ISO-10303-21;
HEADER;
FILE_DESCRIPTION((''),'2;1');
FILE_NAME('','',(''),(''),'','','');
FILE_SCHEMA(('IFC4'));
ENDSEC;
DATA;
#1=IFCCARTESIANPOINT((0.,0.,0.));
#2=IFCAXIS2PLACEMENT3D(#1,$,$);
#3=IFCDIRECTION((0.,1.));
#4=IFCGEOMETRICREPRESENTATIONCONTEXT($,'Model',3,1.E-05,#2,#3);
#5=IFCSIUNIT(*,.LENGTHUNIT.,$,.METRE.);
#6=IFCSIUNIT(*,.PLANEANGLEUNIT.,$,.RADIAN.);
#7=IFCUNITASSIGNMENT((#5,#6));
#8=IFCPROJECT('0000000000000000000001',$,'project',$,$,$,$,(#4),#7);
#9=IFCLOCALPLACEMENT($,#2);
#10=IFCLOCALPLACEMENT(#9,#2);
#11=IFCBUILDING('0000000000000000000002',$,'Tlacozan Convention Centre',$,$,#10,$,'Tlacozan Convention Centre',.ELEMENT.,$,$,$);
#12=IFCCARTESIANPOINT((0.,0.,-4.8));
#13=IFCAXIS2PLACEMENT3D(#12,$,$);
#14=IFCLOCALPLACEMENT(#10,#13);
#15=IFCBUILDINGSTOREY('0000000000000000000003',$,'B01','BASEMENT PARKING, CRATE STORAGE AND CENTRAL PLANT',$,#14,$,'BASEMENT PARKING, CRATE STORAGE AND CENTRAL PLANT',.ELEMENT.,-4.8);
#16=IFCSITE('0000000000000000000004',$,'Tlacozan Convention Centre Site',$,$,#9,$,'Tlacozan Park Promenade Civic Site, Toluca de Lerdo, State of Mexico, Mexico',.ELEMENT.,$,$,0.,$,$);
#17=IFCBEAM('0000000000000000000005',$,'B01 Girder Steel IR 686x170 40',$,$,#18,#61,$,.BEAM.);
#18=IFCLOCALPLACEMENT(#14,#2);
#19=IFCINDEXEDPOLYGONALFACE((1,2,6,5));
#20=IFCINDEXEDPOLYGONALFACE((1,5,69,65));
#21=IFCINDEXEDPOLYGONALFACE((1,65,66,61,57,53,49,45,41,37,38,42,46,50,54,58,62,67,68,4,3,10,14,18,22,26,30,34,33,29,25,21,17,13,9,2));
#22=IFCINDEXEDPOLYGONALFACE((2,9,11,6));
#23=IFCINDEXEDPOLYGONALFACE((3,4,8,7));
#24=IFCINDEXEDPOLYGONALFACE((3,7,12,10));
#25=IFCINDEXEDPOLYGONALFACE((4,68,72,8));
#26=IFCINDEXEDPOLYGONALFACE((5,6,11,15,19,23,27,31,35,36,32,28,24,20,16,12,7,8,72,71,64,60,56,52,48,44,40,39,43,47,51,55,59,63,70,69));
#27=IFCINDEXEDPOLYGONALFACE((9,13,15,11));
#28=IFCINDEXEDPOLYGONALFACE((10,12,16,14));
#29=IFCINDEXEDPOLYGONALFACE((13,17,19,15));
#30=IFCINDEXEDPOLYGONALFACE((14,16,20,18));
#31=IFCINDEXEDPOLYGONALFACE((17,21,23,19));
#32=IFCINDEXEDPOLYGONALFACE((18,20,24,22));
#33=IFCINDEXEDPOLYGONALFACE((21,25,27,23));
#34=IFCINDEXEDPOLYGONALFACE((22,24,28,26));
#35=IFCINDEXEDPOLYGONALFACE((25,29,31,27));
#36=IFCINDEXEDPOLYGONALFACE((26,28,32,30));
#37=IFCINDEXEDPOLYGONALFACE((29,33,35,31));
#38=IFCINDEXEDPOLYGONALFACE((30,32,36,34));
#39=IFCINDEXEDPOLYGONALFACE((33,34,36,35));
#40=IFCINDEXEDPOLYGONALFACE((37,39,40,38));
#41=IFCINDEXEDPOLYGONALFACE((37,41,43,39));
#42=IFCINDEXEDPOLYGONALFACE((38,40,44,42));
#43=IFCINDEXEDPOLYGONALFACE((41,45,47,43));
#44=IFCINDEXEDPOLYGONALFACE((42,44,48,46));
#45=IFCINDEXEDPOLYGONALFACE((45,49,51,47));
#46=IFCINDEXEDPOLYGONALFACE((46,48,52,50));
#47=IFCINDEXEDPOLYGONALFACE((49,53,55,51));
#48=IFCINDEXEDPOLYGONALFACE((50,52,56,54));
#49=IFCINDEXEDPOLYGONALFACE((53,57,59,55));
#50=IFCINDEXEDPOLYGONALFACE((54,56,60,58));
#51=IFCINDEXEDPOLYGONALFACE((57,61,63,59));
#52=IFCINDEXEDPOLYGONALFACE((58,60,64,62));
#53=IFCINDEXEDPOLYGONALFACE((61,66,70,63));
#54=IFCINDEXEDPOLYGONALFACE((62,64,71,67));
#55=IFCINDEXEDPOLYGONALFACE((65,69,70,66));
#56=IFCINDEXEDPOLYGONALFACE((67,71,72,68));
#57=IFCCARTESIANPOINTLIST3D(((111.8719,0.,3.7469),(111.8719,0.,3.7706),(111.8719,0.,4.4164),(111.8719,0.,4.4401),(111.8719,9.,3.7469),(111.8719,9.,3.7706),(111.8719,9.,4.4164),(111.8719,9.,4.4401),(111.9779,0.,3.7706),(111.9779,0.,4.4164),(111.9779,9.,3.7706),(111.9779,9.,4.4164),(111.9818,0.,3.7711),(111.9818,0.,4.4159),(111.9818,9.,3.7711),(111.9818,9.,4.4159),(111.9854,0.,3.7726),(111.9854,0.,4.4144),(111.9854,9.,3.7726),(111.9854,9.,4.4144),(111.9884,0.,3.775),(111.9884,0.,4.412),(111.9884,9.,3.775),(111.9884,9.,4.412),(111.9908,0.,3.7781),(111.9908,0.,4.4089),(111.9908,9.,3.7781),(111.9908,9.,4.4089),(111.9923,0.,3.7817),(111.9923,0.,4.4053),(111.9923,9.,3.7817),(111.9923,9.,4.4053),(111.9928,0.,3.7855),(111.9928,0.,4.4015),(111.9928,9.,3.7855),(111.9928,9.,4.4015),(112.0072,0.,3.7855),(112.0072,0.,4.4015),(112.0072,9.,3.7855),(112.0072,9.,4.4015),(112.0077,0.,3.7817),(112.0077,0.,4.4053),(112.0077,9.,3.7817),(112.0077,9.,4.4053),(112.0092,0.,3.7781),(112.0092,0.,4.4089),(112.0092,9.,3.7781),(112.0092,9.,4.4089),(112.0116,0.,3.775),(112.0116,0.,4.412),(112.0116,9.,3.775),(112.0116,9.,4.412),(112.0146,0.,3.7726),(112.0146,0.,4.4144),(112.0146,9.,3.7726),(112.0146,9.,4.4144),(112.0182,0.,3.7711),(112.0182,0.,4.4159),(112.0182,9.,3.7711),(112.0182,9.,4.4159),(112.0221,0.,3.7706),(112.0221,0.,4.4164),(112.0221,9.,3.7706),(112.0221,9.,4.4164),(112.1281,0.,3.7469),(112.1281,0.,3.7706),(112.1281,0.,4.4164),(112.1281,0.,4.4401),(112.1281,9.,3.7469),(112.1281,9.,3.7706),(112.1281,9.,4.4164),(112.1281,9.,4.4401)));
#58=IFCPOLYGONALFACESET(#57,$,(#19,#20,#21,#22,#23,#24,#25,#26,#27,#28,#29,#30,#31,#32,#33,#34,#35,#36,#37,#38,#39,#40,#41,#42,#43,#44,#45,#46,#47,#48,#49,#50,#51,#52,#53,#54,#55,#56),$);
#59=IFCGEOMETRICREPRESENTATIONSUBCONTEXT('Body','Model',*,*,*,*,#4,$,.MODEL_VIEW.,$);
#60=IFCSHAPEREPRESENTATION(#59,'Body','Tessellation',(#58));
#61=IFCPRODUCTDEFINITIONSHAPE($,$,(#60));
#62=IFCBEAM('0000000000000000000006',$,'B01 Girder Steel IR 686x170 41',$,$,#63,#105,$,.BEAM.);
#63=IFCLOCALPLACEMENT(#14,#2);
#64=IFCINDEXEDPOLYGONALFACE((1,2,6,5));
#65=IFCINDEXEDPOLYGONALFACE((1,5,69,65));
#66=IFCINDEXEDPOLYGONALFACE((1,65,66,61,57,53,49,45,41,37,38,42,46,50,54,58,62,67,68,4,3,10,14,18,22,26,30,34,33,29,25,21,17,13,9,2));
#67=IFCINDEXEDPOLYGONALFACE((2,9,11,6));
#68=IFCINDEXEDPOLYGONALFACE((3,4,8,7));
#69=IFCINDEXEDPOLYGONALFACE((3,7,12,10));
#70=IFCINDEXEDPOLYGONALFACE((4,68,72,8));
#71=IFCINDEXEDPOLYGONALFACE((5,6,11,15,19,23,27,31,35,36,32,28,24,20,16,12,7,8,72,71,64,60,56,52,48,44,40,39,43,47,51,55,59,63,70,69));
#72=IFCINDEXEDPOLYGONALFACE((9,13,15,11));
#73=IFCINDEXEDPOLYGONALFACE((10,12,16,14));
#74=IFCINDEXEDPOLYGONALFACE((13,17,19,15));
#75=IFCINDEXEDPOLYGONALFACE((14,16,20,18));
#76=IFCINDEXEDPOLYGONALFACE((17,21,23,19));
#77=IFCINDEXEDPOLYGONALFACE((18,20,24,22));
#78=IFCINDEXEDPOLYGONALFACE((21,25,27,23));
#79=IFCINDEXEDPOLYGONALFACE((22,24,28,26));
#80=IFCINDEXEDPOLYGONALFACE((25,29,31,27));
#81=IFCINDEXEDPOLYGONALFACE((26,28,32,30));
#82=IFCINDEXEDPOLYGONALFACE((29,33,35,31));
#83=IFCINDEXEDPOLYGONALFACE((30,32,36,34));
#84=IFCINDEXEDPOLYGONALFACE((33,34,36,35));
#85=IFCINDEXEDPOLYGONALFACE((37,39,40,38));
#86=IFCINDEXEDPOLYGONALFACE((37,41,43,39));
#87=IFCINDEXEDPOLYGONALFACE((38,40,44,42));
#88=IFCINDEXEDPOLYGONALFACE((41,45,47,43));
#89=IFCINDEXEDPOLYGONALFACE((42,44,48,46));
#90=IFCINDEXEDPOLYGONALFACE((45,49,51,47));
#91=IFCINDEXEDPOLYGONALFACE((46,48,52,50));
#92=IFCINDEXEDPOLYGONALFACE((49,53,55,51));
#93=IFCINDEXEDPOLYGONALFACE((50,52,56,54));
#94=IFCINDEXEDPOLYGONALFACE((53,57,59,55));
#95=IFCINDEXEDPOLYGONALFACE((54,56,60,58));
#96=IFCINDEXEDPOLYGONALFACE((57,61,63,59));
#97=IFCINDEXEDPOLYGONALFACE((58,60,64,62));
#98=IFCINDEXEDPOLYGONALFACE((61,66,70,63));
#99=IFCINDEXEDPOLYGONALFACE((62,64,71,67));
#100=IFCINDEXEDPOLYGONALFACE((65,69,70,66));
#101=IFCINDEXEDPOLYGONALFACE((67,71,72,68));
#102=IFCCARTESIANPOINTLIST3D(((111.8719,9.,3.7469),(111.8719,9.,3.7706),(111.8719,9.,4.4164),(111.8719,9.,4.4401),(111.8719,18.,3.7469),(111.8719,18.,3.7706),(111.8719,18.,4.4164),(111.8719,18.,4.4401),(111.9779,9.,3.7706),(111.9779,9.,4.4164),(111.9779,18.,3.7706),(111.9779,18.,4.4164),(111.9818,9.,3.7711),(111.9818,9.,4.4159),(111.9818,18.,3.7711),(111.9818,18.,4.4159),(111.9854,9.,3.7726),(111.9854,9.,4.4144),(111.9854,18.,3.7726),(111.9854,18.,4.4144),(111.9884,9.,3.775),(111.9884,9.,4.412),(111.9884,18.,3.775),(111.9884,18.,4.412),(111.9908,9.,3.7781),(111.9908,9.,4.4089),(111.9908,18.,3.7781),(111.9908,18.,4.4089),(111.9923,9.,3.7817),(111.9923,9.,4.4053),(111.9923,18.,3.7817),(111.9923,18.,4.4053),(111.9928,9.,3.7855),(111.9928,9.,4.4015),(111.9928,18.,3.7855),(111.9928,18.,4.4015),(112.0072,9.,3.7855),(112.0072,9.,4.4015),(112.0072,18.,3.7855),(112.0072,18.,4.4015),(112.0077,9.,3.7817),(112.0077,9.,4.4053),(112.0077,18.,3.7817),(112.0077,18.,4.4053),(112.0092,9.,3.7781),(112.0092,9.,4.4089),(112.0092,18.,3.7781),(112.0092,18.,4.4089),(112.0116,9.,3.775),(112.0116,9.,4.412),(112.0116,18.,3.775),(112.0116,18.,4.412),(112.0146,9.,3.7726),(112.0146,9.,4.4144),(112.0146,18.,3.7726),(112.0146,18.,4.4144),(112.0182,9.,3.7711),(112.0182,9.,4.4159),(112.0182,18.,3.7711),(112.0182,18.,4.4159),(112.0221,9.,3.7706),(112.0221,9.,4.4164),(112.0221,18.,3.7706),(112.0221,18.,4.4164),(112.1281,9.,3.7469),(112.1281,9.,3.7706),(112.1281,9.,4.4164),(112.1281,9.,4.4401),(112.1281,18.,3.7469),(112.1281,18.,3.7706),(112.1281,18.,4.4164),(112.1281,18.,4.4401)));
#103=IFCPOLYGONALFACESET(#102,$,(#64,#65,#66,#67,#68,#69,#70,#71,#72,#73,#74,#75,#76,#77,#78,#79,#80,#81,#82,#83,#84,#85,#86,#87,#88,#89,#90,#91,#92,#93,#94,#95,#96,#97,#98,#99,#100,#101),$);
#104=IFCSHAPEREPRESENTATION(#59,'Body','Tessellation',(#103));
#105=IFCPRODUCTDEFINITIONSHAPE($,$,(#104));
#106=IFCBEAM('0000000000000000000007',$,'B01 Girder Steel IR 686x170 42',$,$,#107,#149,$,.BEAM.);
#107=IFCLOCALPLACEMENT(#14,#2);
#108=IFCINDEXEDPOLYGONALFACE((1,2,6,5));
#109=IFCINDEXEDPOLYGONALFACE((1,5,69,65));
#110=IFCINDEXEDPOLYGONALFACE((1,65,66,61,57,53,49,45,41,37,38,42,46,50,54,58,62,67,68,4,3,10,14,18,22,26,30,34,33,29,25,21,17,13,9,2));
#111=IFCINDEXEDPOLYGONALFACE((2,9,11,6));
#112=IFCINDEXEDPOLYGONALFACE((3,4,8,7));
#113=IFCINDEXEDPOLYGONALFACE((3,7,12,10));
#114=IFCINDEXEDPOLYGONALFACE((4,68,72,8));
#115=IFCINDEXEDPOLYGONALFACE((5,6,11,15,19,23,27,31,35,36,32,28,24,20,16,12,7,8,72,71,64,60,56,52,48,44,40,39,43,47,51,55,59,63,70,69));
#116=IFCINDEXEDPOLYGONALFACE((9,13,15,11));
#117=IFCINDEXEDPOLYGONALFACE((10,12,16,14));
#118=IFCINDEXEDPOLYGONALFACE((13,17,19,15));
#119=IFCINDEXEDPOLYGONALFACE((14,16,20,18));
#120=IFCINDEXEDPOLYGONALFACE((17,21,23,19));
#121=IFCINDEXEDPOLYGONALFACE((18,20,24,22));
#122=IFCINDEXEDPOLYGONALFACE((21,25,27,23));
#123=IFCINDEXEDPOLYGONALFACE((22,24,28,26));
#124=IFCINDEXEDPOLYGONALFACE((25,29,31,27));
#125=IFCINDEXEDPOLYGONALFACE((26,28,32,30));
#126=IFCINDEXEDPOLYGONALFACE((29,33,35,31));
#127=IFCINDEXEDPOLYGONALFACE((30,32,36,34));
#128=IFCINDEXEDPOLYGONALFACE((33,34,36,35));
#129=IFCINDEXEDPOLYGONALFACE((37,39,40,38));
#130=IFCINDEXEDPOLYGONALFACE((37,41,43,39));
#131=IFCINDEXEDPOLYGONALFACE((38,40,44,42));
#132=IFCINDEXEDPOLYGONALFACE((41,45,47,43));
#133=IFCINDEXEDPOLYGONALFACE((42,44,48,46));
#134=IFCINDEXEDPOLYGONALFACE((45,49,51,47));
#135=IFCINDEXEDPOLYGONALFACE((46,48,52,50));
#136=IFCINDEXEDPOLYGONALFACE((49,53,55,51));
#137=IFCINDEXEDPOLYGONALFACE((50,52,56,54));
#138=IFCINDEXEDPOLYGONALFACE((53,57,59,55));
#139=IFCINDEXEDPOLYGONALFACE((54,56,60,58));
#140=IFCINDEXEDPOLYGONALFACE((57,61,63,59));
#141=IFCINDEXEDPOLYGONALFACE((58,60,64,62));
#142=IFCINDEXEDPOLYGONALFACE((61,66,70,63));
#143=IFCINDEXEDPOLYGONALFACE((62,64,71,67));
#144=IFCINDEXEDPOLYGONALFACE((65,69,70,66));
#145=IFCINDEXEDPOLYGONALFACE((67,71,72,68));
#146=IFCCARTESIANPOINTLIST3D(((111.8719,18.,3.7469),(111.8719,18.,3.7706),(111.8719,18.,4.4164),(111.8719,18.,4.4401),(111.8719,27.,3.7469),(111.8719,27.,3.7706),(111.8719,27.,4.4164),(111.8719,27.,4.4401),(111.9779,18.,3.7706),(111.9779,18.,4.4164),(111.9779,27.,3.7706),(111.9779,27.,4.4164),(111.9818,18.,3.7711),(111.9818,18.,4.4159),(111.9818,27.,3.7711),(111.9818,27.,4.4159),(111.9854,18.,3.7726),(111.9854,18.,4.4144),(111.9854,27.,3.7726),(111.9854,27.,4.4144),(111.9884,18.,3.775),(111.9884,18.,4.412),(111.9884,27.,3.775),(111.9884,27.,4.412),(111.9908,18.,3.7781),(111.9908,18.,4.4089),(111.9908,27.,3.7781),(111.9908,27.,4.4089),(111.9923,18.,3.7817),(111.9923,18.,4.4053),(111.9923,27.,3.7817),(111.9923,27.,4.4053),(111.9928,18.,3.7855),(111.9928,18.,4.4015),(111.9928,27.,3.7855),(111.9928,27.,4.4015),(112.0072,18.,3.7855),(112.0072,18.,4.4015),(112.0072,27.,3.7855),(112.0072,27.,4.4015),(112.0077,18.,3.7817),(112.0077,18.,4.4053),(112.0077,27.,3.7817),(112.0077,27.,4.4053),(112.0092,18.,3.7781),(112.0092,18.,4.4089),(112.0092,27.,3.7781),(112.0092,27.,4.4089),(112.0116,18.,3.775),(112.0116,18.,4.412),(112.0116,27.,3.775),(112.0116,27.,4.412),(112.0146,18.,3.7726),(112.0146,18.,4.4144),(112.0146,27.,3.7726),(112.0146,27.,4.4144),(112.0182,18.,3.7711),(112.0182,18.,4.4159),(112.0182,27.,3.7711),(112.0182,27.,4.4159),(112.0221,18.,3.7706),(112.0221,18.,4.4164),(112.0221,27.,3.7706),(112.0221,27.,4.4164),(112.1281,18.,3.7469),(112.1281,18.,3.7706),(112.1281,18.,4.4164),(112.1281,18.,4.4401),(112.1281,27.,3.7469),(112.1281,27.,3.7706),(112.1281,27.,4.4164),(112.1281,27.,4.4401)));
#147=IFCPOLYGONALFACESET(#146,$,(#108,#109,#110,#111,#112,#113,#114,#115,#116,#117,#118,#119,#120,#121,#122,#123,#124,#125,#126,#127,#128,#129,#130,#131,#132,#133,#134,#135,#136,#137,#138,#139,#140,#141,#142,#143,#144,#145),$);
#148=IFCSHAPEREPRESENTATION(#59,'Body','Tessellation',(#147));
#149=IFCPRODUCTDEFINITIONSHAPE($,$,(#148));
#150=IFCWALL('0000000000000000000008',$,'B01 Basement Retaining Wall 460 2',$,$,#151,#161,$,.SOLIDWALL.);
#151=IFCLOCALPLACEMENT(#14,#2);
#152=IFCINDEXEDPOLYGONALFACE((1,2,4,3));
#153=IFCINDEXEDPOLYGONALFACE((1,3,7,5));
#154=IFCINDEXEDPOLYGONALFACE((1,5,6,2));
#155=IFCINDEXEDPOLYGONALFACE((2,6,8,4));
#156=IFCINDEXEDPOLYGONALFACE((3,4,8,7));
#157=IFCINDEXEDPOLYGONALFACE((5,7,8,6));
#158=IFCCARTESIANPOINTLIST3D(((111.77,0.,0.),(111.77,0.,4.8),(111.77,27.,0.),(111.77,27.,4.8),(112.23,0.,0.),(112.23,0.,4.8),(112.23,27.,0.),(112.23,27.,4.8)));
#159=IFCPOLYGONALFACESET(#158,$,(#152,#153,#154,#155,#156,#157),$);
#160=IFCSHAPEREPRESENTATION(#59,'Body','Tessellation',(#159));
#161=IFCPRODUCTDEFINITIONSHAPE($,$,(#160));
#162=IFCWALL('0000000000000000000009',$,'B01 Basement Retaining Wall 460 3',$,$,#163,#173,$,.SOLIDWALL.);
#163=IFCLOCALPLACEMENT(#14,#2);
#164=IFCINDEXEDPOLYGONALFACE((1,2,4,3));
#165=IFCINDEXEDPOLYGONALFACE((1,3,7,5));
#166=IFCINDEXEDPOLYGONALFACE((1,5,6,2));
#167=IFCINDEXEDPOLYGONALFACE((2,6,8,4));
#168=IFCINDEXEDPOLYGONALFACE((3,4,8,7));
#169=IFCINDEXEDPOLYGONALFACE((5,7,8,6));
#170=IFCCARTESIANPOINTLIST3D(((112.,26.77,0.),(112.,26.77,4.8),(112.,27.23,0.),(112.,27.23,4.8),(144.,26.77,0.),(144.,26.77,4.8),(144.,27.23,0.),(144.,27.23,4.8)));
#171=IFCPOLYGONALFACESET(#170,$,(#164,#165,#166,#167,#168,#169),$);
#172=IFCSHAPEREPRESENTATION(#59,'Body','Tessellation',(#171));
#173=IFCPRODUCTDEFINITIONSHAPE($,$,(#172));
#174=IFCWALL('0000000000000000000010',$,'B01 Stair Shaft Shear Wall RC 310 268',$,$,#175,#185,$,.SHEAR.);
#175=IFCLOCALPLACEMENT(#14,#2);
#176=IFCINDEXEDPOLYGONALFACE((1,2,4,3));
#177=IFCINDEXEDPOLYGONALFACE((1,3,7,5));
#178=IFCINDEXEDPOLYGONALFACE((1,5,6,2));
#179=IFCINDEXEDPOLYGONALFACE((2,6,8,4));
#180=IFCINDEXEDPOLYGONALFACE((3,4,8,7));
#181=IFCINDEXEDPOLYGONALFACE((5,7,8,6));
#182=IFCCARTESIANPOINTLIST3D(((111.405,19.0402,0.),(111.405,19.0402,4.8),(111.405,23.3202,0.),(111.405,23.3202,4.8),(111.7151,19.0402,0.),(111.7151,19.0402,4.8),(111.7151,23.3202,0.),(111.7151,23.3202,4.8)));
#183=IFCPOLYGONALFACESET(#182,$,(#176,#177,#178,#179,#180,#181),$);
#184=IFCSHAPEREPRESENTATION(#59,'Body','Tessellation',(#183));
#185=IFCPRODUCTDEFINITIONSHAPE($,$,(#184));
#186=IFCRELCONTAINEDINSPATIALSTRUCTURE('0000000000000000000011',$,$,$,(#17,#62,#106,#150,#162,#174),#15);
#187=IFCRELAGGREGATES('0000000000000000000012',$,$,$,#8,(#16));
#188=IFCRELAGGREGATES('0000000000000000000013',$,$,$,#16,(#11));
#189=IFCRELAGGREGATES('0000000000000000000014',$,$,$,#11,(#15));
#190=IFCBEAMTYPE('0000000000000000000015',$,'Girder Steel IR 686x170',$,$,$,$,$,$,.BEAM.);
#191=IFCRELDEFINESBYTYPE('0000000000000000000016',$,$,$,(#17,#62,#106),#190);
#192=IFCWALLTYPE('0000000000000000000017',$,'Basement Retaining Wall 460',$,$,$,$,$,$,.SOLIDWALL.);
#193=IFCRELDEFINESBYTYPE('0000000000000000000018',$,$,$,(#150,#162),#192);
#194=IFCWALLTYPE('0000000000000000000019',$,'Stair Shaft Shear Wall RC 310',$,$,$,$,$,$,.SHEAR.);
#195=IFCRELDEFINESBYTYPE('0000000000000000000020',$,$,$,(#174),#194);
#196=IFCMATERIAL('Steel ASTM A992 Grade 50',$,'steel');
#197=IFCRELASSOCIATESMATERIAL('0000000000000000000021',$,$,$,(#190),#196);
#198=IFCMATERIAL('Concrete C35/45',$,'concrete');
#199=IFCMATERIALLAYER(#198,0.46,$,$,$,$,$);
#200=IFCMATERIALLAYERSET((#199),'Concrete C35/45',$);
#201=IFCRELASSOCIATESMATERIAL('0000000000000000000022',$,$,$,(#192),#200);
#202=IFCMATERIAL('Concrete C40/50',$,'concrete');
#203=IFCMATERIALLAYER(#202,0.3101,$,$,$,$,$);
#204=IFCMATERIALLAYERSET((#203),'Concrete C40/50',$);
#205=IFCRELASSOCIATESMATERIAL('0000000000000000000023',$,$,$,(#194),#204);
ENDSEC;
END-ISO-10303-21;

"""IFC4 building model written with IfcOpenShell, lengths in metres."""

from ifc_helpers import new_model, si_unit, direction, frame, frame_2d, origin, origin_2d, place, context, subcontext, project, spatial, rectangle, i_section, extrude, material, layer, layer_set, material_profile, profile_set, type_object, element, save


model = new_model("IFC4")

# Units and contexts
model_context = context("Model", 3, precision=1e-05, world=origin(), true_north=direction((0.0, 1.0)))
body_context = subcontext(model_context, "Body", "Model", "MODEL_VIEW")
ifc_project = project(units=[si_unit("LENGTHUNIT", "METRE"), si_unit("PLANEANGLEUNIT", "RADIAN")], contexts=[model_context])

# Site, building, storey
site_placement = place(None, origin())
site = spatial("IfcSite", under=ifc_project, at=site_placement, Name="Tlacozan Convention Centre Site", LongName="Tlacozan Park Promenade Civic Site, Toluca de Lerdo, State of Mexico, Mexico", CompositionType="ELEMENT", RefElevation=0.0)
building_placement = place(site_placement, origin())
building = spatial("IfcBuilding", under=site, at=building_placement, Name="Tlacozan Convention Centre", LongName="Tlacozan Convention Centre", CompositionType="ELEMENT")
storey_placement = place(building_placement, frame((0.0, 0.0, -4.8)))
storey = spatial("IfcBuildingStorey", under=building, at=storey_placement, Name="B01", Description="BASEMENT PARKING, CRATE STORAGE AND CENTRAL PLANT", LongName="BASEMENT PARKING, CRATE STORAGE AND CENTRAL PLANT", CompositionType="ELEMENT", Elevation=-4.8)

# Shared definitions
ifc_material_1 = material(Name="Concrete C35/45", Category="concrete")

# Shared definitions
ifc_material_2 = material(Name="Concrete C40/50", Category="concrete")

# Beams
ifc_material_3 = material(Name="Steel ASTM A992 Grade 50", Category="steel")
ifc_material_profile_1 = material_profile(ifc_material_3, i_section(OverallWidth=0.2561, OverallDepth=0.6931, WebThickness=0.0144, FlangeThickness=0.0237, FilletRadius=0.0149, at=origin_2d()), Name="IR 686x170.0")
ifc_profile_set_1 = profile_set([ifc_material_profile_1], Name="Steel ASTM A992 Grade 50")
beam_type = type_object("IfcBeamType", Name="Girder Steel IR 686x170", PredefinedType="BEAM", material=ifc_profile_set_1)
for number, where, z_axis, x_axis, name in (
    (1, (112.0, 0.0, 4.0935), (0.0, 1.0, 0.0), (-1.0, 0.0, 0.0), "B01 Girder Steel IR 686x170 40"),
    (2, (112.0, 9.0, 4.0935), (0.0, 1.0, 0.0), (-1.0, 0.0, 0.0), "B01 Girder Steel IR 686x170 41"),
    (3, (112.0, 18.0, 4.0935), (0.0, 1.0, 0.0), (-1.0, 0.0, 0.0), "B01 Girder Steel IR 686x170 42"),
):
    element("IfcBeam", number, at=place(storey_placement, frame(where, z_axis=z_axis, x_axis=x_axis)), inside=storey, type_object=beam_type, Name=name, PredefinedType="BEAM", context=body_context, shape_type="SweptSolid", body=[
        extrude(i_section(OverallWidth=0.2561, OverallDepth=0.6931, WebThickness=0.0144, FlangeThickness=0.0237, FilletRadius=0.0149, at=origin_2d()), origin(), (0.0, 0.0, 1.0), 9.0),
    ])

# Walls
ifc_layer_1 = layer(ifc_material_1, 0.46)
ifc_layer_set_1 = layer_set([ifc_layer_1], Name="Concrete C35/45")
wall_type_1 = type_object("IfcWallType", Name="Basement Retaining Wall 460", PredefinedType="SOLIDWALL", material=ifc_layer_set_1)
wall_1_placement = place(storey_placement, frame((112.0, 0.0, 0.0), z_axis=(0.0, 0.0, 1.0), x_axis=(0.0, 1.0, 0.0)))
element("IfcWall", 4, at=wall_1_placement, inside=storey, type_object=wall_type_1, Name="B01 Basement Retaining Wall 460 2", PredefinedType="SOLIDWALL", context=body_context, shape_type="SweptSolid", body=[
    extrude(rectangle(XDim=27.0, YDim=0.46, at=frame_2d((13.5, 0.0))), origin(), (0.0, 0.0, 1.0), 4.8),
])
wall_2_placement = place(storey_placement, frame((112.0, 27.0, 0.0), z_axis=(0.0, 0.0, 1.0), x_axis=(1.0, 0.0, 0.0)))
element("IfcWall", 5, at=wall_2_placement, inside=storey, type_object=wall_type_1, Name="B01 Basement Retaining Wall 460 3", PredefinedType="SOLIDWALL", context=body_context, shape_type="SweptSolid", body=[
    extrude(rectangle(XDim=32.0, YDim=0.46, at=frame_2d((16.0, 0.0))), origin(), (0.0, 0.0, 1.0), 4.8),
])
ifc_layer_2 = layer(ifc_material_2, 0.3101)
ifc_layer_set_2 = layer_set([ifc_layer_2], Name="Concrete C40/50")
wall_type_2 = type_object("IfcWallType", Name="Stair Shaft Shear Wall RC 310", PredefinedType="SHEAR", material=ifc_layer_set_2)
wall_3_placement = place(storey_placement, frame((111.5601, 19.04, 0.0), z_axis=(0.0, 0.0, 1.0), x_axis=(0.0, 1.0, 0.0)))
element("IfcWall", 6, at=wall_3_placement, inside=storey, type_object=wall_type_2, Name="B01 Stair Shaft Shear Wall RC 310 268", PredefinedType="SHEAR", context=body_context, shape_type="SweptSolid", body=[
    extrude(rectangle(XDim=4.28, YDim=0.3101, at=frame_2d((2.1401, 0.0))), origin(), (0.0, 0.0, 1.0), 4.8),
])

save(model, "model.ifc")
